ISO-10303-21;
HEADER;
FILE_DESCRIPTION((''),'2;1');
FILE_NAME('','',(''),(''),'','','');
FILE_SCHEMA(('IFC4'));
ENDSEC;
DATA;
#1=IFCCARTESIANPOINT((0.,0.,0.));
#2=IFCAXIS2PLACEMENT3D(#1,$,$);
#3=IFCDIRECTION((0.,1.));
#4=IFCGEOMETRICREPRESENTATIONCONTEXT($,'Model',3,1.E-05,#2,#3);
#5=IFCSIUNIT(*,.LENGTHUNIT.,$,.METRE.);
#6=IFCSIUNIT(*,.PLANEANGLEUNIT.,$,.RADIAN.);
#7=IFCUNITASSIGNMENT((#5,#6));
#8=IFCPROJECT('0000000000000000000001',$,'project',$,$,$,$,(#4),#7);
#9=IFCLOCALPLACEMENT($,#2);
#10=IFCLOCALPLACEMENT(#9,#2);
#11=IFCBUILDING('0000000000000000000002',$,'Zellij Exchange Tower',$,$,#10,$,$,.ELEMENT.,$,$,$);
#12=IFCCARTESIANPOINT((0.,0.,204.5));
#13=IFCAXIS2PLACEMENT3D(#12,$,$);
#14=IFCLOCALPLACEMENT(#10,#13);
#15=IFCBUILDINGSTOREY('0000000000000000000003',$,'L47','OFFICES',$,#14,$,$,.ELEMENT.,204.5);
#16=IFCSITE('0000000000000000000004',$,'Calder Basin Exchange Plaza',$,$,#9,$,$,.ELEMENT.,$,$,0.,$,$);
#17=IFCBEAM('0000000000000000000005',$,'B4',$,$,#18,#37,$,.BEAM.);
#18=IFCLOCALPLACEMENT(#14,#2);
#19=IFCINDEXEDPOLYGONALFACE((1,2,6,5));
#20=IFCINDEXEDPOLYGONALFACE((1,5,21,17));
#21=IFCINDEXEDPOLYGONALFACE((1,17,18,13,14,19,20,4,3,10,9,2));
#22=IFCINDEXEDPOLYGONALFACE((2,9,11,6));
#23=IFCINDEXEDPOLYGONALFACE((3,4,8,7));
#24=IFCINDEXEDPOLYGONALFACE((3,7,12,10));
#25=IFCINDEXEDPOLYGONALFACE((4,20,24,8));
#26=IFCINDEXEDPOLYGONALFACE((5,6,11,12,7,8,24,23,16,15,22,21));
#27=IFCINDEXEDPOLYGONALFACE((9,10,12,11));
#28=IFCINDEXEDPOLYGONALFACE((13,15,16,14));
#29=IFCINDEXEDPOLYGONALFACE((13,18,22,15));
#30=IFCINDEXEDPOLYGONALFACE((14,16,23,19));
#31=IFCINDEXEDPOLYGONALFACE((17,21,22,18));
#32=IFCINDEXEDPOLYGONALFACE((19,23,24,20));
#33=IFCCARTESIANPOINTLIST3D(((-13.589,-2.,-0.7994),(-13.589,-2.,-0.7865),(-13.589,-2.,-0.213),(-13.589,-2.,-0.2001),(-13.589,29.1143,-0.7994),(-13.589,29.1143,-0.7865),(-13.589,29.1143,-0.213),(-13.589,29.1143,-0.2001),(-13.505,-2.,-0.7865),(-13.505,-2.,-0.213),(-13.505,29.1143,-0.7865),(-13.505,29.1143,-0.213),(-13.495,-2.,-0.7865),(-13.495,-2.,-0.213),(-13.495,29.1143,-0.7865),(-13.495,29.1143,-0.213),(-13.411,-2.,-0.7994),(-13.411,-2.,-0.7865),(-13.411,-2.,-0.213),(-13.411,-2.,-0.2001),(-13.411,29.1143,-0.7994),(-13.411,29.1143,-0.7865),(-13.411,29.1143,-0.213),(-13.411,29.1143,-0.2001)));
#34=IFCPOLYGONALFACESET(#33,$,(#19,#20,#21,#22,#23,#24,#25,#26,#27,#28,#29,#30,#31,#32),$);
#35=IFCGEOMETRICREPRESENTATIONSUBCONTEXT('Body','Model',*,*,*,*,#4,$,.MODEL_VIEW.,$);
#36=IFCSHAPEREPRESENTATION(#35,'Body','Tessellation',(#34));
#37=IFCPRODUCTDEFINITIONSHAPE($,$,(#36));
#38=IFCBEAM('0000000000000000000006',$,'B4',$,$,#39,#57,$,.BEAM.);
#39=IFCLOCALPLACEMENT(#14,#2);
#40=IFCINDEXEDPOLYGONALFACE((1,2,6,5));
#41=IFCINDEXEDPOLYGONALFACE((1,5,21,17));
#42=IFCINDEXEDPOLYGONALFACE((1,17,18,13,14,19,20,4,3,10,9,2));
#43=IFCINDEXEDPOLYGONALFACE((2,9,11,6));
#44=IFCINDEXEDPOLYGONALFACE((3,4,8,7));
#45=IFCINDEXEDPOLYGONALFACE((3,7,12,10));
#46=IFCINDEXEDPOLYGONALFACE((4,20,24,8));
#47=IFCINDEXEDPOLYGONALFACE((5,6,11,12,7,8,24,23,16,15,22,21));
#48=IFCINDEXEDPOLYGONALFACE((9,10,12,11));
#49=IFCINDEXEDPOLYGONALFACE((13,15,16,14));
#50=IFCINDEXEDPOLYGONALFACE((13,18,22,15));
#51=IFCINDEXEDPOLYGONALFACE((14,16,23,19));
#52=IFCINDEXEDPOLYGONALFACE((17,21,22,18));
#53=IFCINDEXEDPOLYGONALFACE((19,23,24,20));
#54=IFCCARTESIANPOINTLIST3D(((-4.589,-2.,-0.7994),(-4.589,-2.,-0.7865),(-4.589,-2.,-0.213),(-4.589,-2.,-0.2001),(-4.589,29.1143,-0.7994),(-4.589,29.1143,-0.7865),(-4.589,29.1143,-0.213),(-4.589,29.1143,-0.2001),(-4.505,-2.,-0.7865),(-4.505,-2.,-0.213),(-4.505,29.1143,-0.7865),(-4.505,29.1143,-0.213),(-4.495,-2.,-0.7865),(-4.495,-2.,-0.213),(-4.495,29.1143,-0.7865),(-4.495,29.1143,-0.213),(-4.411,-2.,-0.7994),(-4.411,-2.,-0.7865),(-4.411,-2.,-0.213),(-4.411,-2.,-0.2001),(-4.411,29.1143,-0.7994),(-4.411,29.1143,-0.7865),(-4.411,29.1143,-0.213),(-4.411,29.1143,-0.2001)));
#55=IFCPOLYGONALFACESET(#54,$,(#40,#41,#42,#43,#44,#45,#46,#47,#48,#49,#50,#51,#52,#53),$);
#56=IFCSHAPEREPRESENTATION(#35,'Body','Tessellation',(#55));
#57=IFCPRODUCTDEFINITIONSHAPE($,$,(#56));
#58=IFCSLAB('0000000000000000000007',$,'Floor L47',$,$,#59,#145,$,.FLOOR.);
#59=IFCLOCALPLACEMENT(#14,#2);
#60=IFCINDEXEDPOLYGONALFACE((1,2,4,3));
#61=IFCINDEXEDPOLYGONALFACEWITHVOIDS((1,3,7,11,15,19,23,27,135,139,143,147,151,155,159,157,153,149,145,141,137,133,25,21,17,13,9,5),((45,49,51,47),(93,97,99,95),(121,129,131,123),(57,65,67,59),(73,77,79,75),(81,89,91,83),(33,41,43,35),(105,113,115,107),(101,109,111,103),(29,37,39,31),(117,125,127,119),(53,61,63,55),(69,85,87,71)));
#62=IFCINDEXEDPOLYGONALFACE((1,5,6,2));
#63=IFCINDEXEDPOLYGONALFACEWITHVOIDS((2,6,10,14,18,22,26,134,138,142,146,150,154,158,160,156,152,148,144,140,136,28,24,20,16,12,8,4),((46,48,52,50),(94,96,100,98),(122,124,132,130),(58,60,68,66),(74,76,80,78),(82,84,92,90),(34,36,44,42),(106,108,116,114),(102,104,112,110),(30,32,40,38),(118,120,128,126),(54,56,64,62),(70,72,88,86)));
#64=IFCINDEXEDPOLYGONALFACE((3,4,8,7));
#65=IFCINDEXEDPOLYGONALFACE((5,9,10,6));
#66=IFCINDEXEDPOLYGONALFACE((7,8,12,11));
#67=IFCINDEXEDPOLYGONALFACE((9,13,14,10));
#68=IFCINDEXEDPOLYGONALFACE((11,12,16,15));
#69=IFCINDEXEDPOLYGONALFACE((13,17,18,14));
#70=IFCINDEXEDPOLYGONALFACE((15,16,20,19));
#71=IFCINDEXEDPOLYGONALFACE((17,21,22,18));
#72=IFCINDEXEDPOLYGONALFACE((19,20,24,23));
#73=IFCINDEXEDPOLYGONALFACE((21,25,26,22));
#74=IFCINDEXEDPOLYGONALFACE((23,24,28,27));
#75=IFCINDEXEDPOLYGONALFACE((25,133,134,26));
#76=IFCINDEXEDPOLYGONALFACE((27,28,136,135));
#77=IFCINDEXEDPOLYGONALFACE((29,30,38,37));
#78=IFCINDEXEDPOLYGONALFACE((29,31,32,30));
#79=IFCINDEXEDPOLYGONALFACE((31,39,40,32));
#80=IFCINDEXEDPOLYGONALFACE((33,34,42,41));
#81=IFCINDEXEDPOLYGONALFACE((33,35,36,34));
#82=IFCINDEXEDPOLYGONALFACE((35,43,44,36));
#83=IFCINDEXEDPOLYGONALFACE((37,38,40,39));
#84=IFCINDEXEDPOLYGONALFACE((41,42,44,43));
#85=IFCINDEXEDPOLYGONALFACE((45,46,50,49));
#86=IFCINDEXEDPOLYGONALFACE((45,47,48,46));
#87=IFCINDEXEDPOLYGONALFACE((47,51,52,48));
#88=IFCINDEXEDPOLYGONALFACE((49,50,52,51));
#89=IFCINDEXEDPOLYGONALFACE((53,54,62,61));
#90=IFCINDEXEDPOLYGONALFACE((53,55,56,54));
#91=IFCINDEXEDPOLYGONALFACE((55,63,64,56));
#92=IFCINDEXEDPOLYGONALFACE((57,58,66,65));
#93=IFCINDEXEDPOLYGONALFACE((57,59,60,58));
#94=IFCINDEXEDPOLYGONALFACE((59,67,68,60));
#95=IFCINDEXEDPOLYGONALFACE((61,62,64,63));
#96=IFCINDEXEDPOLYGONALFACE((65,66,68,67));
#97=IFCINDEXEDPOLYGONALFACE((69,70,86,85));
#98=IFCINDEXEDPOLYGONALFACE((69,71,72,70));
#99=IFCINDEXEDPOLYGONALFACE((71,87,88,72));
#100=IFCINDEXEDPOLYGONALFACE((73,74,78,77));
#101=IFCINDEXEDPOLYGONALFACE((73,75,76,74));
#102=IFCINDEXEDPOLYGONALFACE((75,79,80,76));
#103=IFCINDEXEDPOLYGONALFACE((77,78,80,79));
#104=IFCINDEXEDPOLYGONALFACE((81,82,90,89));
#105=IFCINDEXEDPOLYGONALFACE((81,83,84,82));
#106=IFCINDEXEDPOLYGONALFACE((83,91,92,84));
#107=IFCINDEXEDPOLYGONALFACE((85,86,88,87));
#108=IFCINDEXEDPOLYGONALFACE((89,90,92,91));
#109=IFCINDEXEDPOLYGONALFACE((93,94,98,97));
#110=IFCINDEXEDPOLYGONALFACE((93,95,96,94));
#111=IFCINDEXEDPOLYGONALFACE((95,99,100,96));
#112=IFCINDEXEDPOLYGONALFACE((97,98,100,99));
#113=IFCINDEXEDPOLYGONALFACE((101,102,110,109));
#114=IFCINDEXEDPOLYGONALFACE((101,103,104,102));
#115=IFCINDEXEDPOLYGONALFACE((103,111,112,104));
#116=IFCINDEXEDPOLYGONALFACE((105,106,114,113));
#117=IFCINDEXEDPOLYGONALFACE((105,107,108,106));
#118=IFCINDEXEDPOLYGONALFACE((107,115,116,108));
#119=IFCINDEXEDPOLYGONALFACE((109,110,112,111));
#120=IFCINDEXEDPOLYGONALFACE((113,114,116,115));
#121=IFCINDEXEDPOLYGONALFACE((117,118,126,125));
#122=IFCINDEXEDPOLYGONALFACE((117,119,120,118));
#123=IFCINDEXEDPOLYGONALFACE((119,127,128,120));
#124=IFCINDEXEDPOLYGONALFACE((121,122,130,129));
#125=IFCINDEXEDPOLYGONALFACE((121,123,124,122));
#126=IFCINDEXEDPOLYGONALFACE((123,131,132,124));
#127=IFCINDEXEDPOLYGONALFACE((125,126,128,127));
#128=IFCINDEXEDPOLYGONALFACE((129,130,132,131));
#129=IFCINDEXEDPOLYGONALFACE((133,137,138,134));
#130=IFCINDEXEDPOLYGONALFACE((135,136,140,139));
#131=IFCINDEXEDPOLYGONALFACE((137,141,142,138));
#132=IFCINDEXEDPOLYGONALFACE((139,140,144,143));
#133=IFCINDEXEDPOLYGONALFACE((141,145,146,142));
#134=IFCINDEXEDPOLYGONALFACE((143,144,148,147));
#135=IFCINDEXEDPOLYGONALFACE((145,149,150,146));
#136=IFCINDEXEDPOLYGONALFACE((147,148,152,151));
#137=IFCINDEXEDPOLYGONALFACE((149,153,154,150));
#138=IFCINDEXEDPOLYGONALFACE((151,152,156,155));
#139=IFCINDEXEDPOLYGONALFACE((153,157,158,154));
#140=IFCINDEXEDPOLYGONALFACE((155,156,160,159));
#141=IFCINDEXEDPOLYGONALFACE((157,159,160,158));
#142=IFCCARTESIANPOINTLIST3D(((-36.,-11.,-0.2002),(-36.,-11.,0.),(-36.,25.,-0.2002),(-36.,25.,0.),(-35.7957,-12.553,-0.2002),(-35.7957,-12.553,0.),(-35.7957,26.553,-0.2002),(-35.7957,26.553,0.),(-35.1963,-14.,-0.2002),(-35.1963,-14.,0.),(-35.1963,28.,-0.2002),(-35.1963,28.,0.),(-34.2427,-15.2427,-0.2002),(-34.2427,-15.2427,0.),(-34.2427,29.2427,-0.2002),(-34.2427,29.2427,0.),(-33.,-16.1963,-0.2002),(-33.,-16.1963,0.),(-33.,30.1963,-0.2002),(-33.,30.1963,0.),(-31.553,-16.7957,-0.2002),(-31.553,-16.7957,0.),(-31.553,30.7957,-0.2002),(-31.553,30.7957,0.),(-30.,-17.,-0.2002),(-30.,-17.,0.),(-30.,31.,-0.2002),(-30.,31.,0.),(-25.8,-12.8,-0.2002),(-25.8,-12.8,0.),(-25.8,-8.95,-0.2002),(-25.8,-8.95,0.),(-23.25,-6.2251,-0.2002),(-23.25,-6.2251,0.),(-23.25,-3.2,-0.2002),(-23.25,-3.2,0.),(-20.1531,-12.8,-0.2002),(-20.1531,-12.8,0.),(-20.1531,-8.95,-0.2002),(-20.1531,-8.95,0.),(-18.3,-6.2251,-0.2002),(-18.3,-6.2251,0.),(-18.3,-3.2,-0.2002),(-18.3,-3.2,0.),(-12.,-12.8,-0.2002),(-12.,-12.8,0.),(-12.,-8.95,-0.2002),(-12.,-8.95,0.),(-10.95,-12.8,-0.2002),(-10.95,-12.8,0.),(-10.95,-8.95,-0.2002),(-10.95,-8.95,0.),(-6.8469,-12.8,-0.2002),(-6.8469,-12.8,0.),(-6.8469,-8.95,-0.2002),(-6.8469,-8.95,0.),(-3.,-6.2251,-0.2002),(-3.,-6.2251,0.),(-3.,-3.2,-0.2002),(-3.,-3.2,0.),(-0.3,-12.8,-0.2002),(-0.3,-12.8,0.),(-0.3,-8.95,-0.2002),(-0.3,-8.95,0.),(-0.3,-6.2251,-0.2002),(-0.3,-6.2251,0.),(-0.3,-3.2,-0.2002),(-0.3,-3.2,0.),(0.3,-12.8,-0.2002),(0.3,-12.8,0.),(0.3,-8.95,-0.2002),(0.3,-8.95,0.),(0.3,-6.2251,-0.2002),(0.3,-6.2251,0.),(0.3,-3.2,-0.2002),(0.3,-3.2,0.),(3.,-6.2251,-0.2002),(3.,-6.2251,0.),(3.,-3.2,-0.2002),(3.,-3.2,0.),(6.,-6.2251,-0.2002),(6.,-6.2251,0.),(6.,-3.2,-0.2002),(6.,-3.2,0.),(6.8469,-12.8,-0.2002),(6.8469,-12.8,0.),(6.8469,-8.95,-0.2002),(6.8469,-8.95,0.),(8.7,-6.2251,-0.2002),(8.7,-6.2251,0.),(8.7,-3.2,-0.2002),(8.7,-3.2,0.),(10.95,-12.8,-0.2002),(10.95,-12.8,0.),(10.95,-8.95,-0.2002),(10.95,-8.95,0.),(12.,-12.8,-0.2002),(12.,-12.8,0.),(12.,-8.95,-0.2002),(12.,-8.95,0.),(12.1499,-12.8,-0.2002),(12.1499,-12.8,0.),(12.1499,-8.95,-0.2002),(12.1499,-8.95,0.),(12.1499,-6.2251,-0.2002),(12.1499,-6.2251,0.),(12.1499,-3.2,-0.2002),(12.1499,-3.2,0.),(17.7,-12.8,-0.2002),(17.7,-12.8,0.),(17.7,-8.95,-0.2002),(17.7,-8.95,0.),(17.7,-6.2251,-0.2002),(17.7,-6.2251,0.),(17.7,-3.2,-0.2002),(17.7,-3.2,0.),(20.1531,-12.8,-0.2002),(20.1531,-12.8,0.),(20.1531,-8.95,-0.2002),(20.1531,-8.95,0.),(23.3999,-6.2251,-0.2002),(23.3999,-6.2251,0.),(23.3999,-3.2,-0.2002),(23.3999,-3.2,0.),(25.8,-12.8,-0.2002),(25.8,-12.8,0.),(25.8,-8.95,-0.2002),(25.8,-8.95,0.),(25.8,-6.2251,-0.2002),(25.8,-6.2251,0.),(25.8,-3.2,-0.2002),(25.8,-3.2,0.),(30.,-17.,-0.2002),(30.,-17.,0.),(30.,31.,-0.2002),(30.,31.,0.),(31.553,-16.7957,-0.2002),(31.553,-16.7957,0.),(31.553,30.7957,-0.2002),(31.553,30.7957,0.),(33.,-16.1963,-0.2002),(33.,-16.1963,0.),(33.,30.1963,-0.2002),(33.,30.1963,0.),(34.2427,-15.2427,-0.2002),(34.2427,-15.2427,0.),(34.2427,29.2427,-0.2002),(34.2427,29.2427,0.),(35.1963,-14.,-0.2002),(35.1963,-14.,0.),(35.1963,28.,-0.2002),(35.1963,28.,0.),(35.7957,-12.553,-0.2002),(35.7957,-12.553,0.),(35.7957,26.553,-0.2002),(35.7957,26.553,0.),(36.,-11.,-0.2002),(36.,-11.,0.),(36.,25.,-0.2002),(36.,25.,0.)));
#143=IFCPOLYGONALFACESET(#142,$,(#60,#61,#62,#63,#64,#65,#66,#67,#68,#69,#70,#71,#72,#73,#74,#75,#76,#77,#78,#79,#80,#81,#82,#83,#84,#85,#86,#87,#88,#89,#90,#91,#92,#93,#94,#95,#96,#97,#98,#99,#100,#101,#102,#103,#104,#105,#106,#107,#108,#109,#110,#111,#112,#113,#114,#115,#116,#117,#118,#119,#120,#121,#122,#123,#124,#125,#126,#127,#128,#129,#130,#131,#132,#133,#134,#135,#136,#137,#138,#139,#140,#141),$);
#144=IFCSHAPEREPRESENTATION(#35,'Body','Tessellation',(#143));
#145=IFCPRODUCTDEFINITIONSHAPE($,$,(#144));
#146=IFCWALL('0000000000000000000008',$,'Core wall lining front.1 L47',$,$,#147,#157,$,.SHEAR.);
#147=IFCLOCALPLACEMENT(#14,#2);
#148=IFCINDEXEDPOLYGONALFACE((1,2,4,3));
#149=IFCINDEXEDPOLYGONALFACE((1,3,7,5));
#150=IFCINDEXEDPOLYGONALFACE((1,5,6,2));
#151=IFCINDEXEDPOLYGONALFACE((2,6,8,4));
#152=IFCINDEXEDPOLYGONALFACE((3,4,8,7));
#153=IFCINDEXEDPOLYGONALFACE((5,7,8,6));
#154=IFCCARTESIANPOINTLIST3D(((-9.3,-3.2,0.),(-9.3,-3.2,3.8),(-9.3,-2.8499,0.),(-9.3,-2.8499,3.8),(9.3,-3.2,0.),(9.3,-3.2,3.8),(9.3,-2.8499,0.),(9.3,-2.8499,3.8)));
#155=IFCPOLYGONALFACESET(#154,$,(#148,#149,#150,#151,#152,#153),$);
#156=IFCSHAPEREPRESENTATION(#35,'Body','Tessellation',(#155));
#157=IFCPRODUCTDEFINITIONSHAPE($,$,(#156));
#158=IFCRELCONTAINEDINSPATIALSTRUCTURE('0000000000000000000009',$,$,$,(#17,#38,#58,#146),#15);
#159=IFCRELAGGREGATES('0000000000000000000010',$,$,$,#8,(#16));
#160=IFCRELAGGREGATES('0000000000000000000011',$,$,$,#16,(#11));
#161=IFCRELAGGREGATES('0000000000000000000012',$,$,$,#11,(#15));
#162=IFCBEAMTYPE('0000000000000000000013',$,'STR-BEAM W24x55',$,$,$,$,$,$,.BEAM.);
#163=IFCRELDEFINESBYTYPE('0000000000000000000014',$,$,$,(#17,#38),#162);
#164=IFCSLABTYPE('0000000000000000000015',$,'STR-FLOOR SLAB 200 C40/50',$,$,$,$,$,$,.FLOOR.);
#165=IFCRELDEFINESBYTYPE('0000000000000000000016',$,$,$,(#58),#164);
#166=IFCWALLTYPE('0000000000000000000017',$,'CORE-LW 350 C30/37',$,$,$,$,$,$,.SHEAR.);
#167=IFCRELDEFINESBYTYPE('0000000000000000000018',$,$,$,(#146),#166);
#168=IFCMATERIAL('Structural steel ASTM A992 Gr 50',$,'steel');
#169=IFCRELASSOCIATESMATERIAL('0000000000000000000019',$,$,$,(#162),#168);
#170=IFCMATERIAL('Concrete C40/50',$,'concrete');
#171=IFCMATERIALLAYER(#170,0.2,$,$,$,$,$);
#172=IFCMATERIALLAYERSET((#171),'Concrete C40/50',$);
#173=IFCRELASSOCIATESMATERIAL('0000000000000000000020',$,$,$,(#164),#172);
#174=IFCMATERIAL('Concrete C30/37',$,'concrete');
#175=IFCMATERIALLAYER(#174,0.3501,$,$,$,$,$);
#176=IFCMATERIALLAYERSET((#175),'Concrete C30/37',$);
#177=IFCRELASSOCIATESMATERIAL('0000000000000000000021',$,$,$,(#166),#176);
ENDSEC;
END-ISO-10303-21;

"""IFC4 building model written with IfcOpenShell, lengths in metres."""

from ifc_helpers import new_model, si_unit, direction, frame, frame_2d, origin, origin_2d, place, context, subcontext, project, spatial, polyline, rectangle, i_section, outline, extrude, material, layer, layer_set, material_profile, profile_set, type_object, element, save


model = new_model("IFC4")

# Units and contexts
model_context = context("Model", 3, precision=1e-05, world=origin(), true_north=direction((0.0, 1.0)))
body_context = subcontext(model_context, "Body", "Model", "MODEL_VIEW")
ifc_project = project(units=[si_unit("LENGTHUNIT", "METRE"), si_unit("PLANEANGLEUNIT", "RADIAN")], contexts=[model_context])

# Site, building, storey
site_placement = place(None, origin())
site = spatial("IfcSite", under=ifc_project, at=site_placement, Name="Calder Basin Exchange Plaza", CompositionType="ELEMENT", RefElevation=0.0)
building_placement = place(site_placement, origin())
building = spatial("IfcBuilding", under=site, at=building_placement, Name="Zellij Exchange Tower", CompositionType="ELEMENT")
storey_placement = place(building_placement, frame((0.0, 0.0, 204.5)))
storey = spatial("IfcBuildingStorey", under=building, at=storey_placement, Name="L47", Description="OFFICES", CompositionType="ELEMENT", Elevation=204.5)

# Beams
ifc_material_1 = material(Name="Structural steel ASTM A992 Gr 50", Category="steel")
ifc_material_profile = material_profile(ifc_material_1, i_section(OverallWidth=0.178, OverallDepth=0.5994, WebThickness=0.01, FlangeThickness=0.0129, at=origin_2d()), Name="W24x55")
ifc_profile_set = profile_set([ifc_material_profile], Name="Structural steel ASTM A992 Gr 50")
beam_type = type_object("IfcBeamType", Name="STR-BEAM W24x55", PredefinedType="BEAM", material=ifc_profile_set)
for number, where, z_axis, x_axis, name in (
    (1, (-13.5, -2.0, -0.4998), (0.0, 1.0, 0.0), (-1.0, 0.0, 0.0), "B4"),
    (2, (-4.5, -2.0, -0.4998), (0.0, 1.0, 0.0), (-1.0, 0.0, 0.0), "B4"),
):
    element("IfcBeam", number, at=place(storey_placement, frame(where, z_axis=z_axis, x_axis=x_axis)), inside=storey, type_object=beam_type, Name=name, PredefinedType="BEAM", context=body_context, shape_type="SweptSolid", body=[
        extrude(i_section(OverallWidth=0.178, OverallDepth=0.5994, WebThickness=0.01, FlangeThickness=0.0129, at=origin_2d()), origin(), (0.0, 0.0, 1.0), 31.1143),
    ])

# Slab
ifc_material_2 = material(Name="Concrete C40/50", Category="concrete")
ifc_layer_1 = layer(ifc_material_2, 0.2)
ifc_layer_set_1 = layer_set([ifc_layer_1], Name="Concrete C40/50")
slab_type = type_object("IfcSlabType", Name="STR-FLOOR SLAB 200 C40/50", PredefinedType="FLOOR", material=ifc_layer_set_1)
slab_placement = place(storey_placement, frame((0.0, 0.0, -0.2002)))
element("IfcSlab", 3, at=slab_placement, inside=storey, type_object=slab_type, Name="Floor L47", PredefinedType="FLOOR", context=body_context, shape_type="SweptSolid", body=[
    extrude(outline(polyline([(-30.0, -17.0), (-31.553, -16.7957), (-33.0, -16.1963), (-34.2427, -15.2427), (-35.1963, -14.0), (-35.7957, -12.553), (-36.0, -11.0), (-36.0, 25.0), (-35.7957, 26.553), (-35.1963, 28.0), (-34.2427, 29.2427), (-33.0, 30.1963), (-31.553, 30.7957), (-30.0, 31.0), (30.0, 31.0), (31.553, 30.7957), (33.0, 30.1963), (34.2427, 29.2427), (35.1963, 28.0), (35.7957, 26.553), (36.0, 25.0), (36.0, -11.0), (35.7957, -12.553), (35.1963, -14.0), (34.2427, -15.2427), (33.0, -16.1963), (31.553, -16.7957), (30.0, -17.0), (-30.0, -17.0)]), holes=[polyline([(-25.8, -8.95), (-25.8, -12.8), (-20.1531, -12.8), (-20.1531, -8.95), (-25.8, -8.95)]), polyline([(-10.95, -8.95), (-12.0, -8.95), (-12.0, -12.8), (-10.95, -12.8), (-10.95, -8.95)]), polyline([(-0.3, -8.95), (-6.8469, -8.95), (-6.8469, -12.8), (-0.3, -12.8), (-0.3, -8.95)]), polyline([(0.3, -8.95), (0.3, -12.8), (6.8469, -12.8), (6.8469, -8.95), (0.3, -8.95)]), polyline([(-18.3, -3.2), (-23.25, -3.2), (-23.25, -6.2251), (-18.3, -6.2251), (-18.3, -3.2)]), polyline([(-0.3, -3.2), (-3.0, -3.2), (-3.0, -6.2251), (-0.3, -6.2251), (-0.3, -3.2)]), polyline([(0.3, -3.2), (0.3, -6.2251), (3.0, -6.2251), (3.0, -3.2), (0.3, -3.2)]), polyline([(12.0, -8.95), (10.95, -8.95), (10.95, -12.8), (12.0, -12.8), (12.0, -8.95)]), polyline([(17.7, -8.95), (12.1499, -8.95), (12.1499, -12.8), (17.7, -12.8), (17.7, -8.95)]), polyline([(25.8, -8.95), (20.1531, -8.95), (20.1531, -12.8), (25.8, -12.8), (25.8, -8.95)]), polyline([(8.7, -3.2), (6.0, -3.2), (6.0, -6.2251), (8.7, -6.2251), (8.7, -3.2)]), polyline([(17.7, -3.2), (12.1499, -3.2), (12.1499, -6.2251), (17.7, -6.2251), (17.7, -3.2)]), polyline([(25.8, -3.2), (23.3999, -3.2), (23.3999, -6.2251), (25.8, -6.2251), (25.8, -3.2)])]), origin(), (0.0, 0.0, 1.0), 0.2002),
])

# Wall
ifc_material_3 = material(Name="Concrete C30/37", Category="concrete")
ifc_layer_2 = layer(ifc_material_3, 0.3501)
ifc_layer_set_2 = layer_set([ifc_layer_2], Name="Concrete C30/37")
wall_type_1 = type_object("IfcWallType", Name="CORE-LW 350 C30/37", PredefinedType="SHEAR", material=ifc_layer_set_2)
wall_1_placement = place(storey_placement, frame((-9.3, -3.0249, 0.0), z_axis=(0.0, 0.0, 1.0), x_axis=(1.0, 0.0, 0.0)))
element("IfcWall", 4, at=wall_1_placement, inside=storey, type_object=wall_type_1, Name="Core wall lining front.1 L47", PredefinedType="SHEAR", context=body_context, shape_type="SweptSolid", body=[
    extrude(rectangle(XDim=18.6001, YDim=0.3501, at=frame_2d((9.3, 0.0))), origin(), (0.0, 0.0, 1.0), 3.8),
])

save(model, "model.ifc")
